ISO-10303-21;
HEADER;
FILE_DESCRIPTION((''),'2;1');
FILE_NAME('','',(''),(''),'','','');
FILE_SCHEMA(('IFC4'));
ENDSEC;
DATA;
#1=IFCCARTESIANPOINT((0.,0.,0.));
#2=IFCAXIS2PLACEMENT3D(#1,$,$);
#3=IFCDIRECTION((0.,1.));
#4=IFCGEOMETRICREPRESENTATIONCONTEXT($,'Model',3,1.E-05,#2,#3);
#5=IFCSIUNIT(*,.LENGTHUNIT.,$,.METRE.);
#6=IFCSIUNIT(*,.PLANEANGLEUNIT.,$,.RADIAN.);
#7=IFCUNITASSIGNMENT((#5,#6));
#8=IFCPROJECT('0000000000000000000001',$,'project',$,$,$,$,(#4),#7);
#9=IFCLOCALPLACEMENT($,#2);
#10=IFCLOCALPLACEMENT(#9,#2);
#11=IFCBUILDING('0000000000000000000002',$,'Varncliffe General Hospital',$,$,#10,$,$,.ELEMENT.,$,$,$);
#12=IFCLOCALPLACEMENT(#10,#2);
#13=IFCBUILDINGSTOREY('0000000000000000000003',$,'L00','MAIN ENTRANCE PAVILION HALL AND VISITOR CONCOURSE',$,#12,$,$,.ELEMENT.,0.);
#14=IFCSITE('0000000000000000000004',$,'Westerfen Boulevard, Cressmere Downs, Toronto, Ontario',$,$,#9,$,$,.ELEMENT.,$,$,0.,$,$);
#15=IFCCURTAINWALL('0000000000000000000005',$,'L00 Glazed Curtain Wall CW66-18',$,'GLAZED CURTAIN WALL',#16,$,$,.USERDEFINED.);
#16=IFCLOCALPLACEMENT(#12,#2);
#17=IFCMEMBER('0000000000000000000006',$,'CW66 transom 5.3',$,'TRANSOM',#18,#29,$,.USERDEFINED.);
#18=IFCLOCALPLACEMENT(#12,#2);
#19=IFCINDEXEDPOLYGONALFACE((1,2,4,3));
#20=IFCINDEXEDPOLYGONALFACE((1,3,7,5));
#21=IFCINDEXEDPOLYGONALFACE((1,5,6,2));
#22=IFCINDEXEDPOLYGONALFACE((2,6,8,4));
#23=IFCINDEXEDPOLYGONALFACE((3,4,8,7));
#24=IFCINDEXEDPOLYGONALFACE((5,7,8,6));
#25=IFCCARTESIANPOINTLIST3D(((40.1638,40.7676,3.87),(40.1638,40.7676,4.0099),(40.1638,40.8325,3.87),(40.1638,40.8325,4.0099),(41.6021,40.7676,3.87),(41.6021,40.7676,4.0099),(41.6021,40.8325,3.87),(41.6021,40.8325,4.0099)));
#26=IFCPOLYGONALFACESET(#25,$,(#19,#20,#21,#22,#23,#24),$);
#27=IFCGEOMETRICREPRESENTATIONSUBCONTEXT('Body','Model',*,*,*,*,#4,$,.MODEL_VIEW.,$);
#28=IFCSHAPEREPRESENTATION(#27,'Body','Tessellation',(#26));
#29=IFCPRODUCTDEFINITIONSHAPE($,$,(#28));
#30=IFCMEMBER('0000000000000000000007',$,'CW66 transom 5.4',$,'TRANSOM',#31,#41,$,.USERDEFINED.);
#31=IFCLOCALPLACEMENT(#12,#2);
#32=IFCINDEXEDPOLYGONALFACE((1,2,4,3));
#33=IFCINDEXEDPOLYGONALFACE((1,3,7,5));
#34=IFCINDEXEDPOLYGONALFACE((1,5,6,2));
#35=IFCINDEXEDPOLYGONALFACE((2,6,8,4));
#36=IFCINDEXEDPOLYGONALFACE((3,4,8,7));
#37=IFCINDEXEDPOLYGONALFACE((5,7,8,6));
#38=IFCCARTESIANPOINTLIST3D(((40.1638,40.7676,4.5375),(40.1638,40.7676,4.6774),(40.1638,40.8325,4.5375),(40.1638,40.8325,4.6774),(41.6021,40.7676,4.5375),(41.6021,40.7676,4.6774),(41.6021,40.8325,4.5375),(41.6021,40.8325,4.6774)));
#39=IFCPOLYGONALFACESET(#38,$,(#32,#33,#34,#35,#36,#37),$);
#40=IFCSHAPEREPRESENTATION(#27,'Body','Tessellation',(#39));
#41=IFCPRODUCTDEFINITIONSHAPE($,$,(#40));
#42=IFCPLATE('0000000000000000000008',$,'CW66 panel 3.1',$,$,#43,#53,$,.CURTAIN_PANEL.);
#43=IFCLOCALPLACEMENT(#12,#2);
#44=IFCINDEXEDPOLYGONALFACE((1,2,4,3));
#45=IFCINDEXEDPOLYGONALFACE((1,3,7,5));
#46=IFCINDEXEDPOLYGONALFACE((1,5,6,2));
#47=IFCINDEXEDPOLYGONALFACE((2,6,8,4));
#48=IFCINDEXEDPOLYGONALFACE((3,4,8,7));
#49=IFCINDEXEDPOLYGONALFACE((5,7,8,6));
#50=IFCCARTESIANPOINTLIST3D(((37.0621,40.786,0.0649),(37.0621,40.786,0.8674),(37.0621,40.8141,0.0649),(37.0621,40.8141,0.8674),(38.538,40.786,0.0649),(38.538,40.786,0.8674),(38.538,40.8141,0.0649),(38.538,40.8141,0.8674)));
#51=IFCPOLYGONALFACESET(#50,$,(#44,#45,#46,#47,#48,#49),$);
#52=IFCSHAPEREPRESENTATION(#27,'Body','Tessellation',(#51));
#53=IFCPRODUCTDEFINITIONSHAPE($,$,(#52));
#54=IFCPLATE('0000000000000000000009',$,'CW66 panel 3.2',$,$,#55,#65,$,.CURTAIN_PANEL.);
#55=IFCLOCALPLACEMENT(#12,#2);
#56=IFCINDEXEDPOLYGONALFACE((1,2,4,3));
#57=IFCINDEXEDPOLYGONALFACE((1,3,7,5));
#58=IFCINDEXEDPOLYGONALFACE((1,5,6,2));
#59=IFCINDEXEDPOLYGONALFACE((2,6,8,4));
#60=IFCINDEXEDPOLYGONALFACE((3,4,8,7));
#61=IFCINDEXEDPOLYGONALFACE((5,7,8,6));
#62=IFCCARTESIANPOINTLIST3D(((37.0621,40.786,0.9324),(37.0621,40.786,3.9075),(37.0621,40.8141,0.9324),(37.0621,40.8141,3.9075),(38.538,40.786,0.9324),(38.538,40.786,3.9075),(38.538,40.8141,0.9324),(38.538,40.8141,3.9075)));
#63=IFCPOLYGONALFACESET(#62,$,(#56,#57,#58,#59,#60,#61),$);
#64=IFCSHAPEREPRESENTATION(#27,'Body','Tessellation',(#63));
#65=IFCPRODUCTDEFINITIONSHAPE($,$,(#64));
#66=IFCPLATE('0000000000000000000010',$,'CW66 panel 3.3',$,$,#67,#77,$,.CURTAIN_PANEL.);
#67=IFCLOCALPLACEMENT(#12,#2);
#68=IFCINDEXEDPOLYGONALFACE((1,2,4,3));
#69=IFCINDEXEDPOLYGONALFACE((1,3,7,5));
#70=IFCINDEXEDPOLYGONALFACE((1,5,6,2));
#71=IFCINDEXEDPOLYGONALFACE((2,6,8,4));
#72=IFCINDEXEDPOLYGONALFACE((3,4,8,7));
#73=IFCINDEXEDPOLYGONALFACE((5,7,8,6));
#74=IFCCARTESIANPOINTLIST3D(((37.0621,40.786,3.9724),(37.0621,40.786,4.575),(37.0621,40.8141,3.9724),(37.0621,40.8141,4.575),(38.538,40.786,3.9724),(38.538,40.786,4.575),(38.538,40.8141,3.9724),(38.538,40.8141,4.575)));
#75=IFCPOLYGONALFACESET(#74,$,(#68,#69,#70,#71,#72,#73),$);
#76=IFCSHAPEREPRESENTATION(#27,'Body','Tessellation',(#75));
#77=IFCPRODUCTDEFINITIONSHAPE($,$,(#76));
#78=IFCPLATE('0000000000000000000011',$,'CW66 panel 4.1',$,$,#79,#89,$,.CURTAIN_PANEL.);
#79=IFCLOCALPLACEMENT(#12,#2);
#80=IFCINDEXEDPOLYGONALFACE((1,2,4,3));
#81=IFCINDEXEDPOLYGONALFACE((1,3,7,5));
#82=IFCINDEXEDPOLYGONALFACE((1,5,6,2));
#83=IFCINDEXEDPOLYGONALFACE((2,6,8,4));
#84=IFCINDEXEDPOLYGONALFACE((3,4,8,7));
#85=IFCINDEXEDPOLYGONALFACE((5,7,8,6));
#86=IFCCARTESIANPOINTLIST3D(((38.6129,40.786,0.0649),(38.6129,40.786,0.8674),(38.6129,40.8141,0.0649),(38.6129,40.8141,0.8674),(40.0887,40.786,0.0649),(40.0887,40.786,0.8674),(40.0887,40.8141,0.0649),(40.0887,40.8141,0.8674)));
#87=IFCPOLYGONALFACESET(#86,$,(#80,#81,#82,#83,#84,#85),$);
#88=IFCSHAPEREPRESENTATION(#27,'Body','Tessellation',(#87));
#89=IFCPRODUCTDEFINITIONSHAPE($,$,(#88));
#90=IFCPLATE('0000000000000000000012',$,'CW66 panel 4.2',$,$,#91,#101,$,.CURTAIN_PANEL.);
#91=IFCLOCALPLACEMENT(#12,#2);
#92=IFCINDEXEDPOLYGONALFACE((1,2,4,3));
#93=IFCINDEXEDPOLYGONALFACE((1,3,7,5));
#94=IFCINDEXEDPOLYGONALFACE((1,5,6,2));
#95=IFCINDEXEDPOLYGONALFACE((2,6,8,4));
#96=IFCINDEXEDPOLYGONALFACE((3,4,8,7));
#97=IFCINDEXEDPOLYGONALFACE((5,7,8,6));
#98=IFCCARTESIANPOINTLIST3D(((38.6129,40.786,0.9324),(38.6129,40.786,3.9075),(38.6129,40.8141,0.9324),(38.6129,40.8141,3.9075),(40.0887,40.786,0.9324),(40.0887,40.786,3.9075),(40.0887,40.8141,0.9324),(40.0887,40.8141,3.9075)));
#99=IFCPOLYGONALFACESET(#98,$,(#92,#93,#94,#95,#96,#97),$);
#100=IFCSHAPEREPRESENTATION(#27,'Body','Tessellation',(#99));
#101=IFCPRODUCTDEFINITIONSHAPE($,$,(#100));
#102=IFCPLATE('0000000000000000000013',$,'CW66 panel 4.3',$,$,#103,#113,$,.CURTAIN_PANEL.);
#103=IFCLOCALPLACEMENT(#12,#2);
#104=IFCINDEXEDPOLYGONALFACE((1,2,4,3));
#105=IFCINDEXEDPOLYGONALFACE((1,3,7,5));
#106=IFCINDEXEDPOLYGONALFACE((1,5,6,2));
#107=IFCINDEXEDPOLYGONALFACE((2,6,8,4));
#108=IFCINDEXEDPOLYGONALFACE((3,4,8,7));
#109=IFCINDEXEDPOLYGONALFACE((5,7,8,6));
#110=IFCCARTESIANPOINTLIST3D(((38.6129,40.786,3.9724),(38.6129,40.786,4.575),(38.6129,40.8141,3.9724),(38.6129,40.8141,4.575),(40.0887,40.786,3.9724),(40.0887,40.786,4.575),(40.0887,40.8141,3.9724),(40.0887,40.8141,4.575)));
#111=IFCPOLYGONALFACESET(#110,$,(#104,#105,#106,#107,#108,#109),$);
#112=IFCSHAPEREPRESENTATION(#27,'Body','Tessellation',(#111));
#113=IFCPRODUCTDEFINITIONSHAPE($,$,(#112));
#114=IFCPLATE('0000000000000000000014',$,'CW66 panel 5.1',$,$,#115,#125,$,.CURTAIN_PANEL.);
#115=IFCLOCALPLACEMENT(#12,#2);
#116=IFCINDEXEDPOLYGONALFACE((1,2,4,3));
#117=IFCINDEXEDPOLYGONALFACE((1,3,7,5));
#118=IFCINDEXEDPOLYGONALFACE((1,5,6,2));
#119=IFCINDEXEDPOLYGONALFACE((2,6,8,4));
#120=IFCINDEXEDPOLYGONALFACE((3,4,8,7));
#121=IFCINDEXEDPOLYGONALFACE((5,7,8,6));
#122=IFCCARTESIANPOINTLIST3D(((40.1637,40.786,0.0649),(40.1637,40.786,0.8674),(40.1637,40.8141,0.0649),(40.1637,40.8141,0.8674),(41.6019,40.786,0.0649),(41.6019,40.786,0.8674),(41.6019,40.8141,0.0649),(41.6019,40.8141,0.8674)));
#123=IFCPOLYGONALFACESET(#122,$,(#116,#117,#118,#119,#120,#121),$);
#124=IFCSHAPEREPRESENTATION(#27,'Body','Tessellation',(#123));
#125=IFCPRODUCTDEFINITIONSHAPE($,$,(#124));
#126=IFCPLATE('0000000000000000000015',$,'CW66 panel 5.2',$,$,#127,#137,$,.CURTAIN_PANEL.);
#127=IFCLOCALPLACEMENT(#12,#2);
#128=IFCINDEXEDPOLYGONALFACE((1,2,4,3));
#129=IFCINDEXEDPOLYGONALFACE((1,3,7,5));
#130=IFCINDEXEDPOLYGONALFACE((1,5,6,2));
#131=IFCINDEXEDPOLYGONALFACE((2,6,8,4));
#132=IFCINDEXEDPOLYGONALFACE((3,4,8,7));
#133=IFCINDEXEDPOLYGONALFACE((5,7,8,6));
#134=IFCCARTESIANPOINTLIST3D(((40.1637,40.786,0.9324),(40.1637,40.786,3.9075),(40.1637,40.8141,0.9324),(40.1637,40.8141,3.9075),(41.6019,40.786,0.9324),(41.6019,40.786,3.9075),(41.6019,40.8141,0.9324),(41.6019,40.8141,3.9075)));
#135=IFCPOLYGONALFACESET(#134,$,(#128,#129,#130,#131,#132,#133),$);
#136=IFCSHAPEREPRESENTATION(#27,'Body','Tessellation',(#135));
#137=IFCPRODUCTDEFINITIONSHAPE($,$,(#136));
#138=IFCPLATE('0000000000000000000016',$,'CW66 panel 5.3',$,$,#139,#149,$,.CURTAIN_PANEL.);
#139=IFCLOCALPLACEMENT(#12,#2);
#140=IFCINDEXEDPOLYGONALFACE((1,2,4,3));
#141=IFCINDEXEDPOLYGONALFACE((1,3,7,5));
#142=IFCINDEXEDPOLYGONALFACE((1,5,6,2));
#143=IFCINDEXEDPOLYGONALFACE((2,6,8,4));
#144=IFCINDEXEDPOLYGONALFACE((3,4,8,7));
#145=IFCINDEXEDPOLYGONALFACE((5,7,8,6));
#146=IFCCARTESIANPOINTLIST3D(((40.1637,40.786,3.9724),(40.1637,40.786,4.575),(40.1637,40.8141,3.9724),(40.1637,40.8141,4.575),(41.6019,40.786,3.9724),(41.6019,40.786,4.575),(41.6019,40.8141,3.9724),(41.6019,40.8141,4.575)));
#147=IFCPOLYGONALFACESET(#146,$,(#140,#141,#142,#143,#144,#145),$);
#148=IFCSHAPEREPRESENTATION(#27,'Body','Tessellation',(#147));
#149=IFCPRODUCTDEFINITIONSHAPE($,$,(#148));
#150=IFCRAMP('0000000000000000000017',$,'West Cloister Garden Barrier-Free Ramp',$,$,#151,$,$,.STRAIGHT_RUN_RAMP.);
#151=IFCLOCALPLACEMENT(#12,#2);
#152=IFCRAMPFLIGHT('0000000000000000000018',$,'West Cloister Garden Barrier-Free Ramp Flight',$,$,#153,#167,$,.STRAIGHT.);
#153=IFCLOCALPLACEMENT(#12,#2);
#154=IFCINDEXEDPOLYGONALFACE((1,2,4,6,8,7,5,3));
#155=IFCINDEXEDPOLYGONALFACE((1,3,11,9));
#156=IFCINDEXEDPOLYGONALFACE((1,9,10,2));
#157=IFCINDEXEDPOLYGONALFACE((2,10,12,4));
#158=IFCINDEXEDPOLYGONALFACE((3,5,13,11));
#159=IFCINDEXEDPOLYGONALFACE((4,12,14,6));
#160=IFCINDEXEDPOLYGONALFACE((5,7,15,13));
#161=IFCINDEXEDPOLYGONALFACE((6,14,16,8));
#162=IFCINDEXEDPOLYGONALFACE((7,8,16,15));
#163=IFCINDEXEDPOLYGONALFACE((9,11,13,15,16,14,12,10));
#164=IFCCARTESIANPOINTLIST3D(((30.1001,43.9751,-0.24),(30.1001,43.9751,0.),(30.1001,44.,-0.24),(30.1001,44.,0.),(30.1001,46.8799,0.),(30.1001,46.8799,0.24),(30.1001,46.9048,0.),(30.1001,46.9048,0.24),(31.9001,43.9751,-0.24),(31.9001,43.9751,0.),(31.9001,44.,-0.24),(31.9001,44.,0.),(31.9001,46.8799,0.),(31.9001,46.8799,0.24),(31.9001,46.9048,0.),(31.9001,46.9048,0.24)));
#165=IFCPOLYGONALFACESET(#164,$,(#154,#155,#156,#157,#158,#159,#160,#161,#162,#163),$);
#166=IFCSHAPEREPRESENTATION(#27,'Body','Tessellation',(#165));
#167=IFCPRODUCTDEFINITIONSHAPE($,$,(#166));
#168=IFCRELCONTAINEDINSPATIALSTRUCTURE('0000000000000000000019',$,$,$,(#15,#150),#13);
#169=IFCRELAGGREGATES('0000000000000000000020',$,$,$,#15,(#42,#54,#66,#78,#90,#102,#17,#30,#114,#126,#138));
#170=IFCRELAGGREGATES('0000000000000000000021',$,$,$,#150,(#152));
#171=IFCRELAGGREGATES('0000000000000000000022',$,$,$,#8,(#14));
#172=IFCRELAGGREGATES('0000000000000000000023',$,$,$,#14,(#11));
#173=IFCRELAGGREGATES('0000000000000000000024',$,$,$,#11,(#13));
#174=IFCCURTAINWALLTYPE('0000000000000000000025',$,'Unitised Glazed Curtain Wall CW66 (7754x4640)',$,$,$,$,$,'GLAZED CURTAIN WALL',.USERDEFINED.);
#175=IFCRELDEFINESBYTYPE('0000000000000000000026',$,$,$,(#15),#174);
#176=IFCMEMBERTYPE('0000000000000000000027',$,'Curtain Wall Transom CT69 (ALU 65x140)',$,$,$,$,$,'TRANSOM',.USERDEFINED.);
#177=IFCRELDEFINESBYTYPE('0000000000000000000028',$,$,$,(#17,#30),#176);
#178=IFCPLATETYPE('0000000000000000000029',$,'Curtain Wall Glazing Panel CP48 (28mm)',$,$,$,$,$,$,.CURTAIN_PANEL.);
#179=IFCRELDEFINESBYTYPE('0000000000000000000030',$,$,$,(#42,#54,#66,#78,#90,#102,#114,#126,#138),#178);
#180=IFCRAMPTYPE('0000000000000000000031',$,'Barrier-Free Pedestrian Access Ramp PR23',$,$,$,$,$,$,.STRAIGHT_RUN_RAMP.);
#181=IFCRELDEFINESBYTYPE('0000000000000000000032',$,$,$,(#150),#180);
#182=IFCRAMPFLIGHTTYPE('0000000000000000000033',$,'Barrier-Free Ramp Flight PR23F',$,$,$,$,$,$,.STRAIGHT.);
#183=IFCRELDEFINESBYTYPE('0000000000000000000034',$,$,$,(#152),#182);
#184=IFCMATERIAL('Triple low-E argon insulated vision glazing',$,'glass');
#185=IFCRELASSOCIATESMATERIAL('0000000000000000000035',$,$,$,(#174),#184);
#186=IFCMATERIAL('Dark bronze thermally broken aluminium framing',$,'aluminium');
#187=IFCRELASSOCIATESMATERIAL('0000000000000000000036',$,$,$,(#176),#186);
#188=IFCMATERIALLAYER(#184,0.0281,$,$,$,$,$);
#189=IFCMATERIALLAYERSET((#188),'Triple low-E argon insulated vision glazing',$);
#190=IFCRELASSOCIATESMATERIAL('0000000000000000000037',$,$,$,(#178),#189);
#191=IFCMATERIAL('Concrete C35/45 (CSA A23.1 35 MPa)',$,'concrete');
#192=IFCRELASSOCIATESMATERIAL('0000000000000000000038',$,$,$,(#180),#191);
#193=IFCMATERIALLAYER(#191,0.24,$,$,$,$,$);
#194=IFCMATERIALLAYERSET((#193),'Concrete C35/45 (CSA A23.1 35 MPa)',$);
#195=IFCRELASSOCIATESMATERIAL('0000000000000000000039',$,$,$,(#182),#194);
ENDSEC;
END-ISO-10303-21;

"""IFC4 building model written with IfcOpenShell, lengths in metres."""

from ifc_helpers import new_model, si_unit, direction, frame, origin, origin_2d, place, context, subcontext, project, spatial, polyline, rectangle, outline, extrude, material, layer, layer_set, material_profile, profile_set, type_object, element, aggregate, save


model = new_model("IFC4")

# Units and contexts
model_context = context("Model", 3, precision=1e-05, world=origin(), true_north=direction((0.0, 1.0)))
body_context = subcontext(model_context, "Body", "Model", "MODEL_VIEW")
ifc_project = project(units=[si_unit("LENGTHUNIT", "METRE"), si_unit("PLANEANGLEUNIT", "RADIAN")], contexts=[model_context])

# Site, building, storey
site_placement = place(None, origin())
site = spatial("IfcSite", under=ifc_project, at=site_placement, Name="Westerfen Boulevard, Cressmere Downs, Toronto, Ontario", CompositionType="ELEMENT", RefElevation=0.0)
building_placement = place(site_placement, origin())
building = spatial("IfcBuilding", under=site, at=building_placement, Name="Varncliffe General Hospital", CompositionType="ELEMENT")
storey_placement = place(building_placement, origin())
storey = spatial("IfcBuildingStorey", under=building, at=storey_placement, Name="L00", Description="MAIN ENTRANCE PAVILION HALL AND VISITOR CONCOURSE", CompositionType="ELEMENT", Elevation=0.0)

# Curtain wall, members, plates
ifc_material_1 = material(Name="Triple low-E argon insulated vision glazing", Category="glass")
curtain_wall_type = type_object("IfcCurtainWallType", Name="Unitised Glazed Curtain Wall CW66 (7754x4640)", ElementType="GLAZED CURTAIN WALL", PredefinedType="USERDEFINED", material=ifc_material_1)
curtain_wall_placement = place(storey_placement, origin())
curtain_wall = element("IfcCurtainWall", 1, at=curtain_wall_placement, inside=storey, type_object=curtain_wall_type, Name="L00 Glazed Curtain Wall CW66-18", ObjectType="GLAZED CURTAIN WALL", PredefinedType="USERDEFINED")
ifc_material_2 = material(Name="Dark bronze thermally broken aluminium framing", Category="aluminium")
ifc_material_profile_1 = material_profile(ifc_material_2, rectangle(XDim=0.0649, YDim=0.1399, at=origin_2d()), Name="ALU 65x140")
ifc_profile_set_1 = profile_set([ifc_material_profile_1], Name="Dark bronze thermally broken aluminium framing")
member_type_1 = type_object("IfcMemberType", Name="Curtain Wall Transom CT69 (ALU 65x140)", ElementType="TRANSOM", PredefinedType="USERDEFINED", material=ifc_profile_set_1)
member_1_placement = place(storey_placement, frame((40.1638, 40.8, 3.9399), z_axis=(1.0, 0.0, 0.0), x_axis=(0.0, 1.0, 0.0)))
member_1 = element("IfcMember", 2, at=member_1_placement, type_object=member_type_1, Name="CW66 transom 5.3", ObjectType="TRANSOM", PredefinedType="USERDEFINED", context=body_context, shape_type="SweptSolid", body=[
    extrude(rectangle(XDim=0.0649, YDim=0.1399, at=origin_2d()), origin(), (0.0, 0.0, 1.0), 1.4382),
])
member_2_placement = place(storey_placement, frame((40.1638, 40.8, 4.6074), z_axis=(1.0, 0.0, 0.0), x_axis=(0.0, 1.0, 0.0)))
member_2 = element("IfcMember", 3, at=member_2_placement, type_object=member_type_1, Name="CW66 transom 5.4", ObjectType="TRANSOM", PredefinedType="USERDEFINED", context=body_context, shape_type="SweptSolid", body=[
    extrude(rectangle(XDim=0.0649, YDim=0.1399, at=origin_2d()), origin(), (0.0, 0.0, 1.0), 1.4382),
])
ifc_layer_1 = layer(ifc_material_1, 0.0281)
ifc_layer_set_1 = layer_set([ifc_layer_1], Name="Triple low-E argon insulated vision glazing")
plate_type = type_object("IfcPlateType", Name="Curtain Wall Glazing Panel CP48 (28mm)", PredefinedType="CURTAIN_PANEL", material=ifc_layer_set_1)
plate_1_placement = place(storey_placement, frame((37.8, 40.8, 0.0649), z_axis=(0.0, 0.0, 1.0), x_axis=(1.0, 0.0, 0.0)))
plate_1 = element("IfcPlate", 4, at=plate_1_placement, type_object=plate_type, Name="CW66 panel 3.1", PredefinedType="CURTAIN_PANEL", context=body_context, shape_type="SweptSolid", body=[
    extrude(rectangle(XDim=1.4758, YDim=0.0281, at=origin_2d()), origin(), (0.0, 0.0, 1.0), 0.8025),
])
plate_2_placement = place(storey_placement, frame((37.8, 40.8, 0.9324), z_axis=(0.0, 0.0, 1.0), x_axis=(1.0, 0.0, 0.0)))
plate_2 = element("IfcPlate", 5, at=plate_2_placement, type_object=plate_type, Name="CW66 panel 3.2", PredefinedType="CURTAIN_PANEL", context=body_context, shape_type="SweptSolid", body=[
    extrude(rectangle(XDim=1.4758, YDim=0.0281, at=origin_2d()), origin(), (0.0, 0.0, 1.0), 2.9751),
])
plate_3_placement = place(storey_placement, frame((37.8, 40.8, 3.9724), z_axis=(0.0, 0.0, 1.0), x_axis=(1.0, 0.0, 0.0)))
plate_3 = element("IfcPlate", 6, at=plate_3_placement, type_object=plate_type, Name="CW66 panel 3.3", PredefinedType="CURTAIN_PANEL", context=body_context, shape_type="SweptSolid", body=[
    extrude(rectangle(XDim=1.4758, YDim=0.0281, at=origin_2d()), origin(), (0.0, 0.0, 1.0), 0.6025),
])
plate_4_placement = place(storey_placement, frame((39.3508, 40.8, 0.0649), z_axis=(0.0, 0.0, 1.0), x_axis=(1.0, 0.0, 0.0)))
plate_4 = element("IfcPlate", 7, at=plate_4_placement, type_object=plate_type, Name="CW66 panel 4.1", PredefinedType="CURTAIN_PANEL", context=body_context, shape_type="SweptSolid", body=[
    extrude(rectangle(XDim=1.4758, YDim=0.0281, at=origin_2d()), origin(), (0.0, 0.0, 1.0), 0.8025),
])
plate_5_placement = place(storey_placement, frame((39.3508, 40.8, 0.9324), z_axis=(0.0, 0.0, 1.0), x_axis=(1.0, 0.0, 0.0)))
plate_5 = element("IfcPlate", 8, at=plate_5_placement, type_object=plate_type, Name="CW66 panel 4.2", PredefinedType="CURTAIN_PANEL", context=body_context, shape_type="SweptSolid", body=[
    extrude(rectangle(XDim=1.4758, YDim=0.0281, at=origin_2d()), origin(), (0.0, 0.0, 1.0), 2.9751),
])
plate_6_placement = place(storey_placement, frame((39.3508, 40.8, 3.9724), z_axis=(0.0, 0.0, 1.0), x_axis=(1.0, 0.0, 0.0)))
plate_6 = element("IfcPlate", 9, at=plate_6_placement, type_object=plate_type, Name="CW66 panel 4.3", PredefinedType="CURTAIN_PANEL", context=body_context, shape_type="SweptSolid", body=[
    extrude(rectangle(XDim=1.4758, YDim=0.0281, at=origin_2d()), origin(), (0.0, 0.0, 1.0), 0.6025),
])
plate_7_placement = place(storey_placement, frame((40.8828, 40.8, 0.0649), z_axis=(0.0, 0.0, 1.0), x_axis=(1.0, 0.0, 0.0)))
plate_7 = element("IfcPlate", 10, at=plate_7_placement, type_object=plate_type, Name="CW66 panel 5.1", PredefinedType="CURTAIN_PANEL", context=body_context, shape_type="SweptSolid", body=[
    extrude(rectangle(XDim=1.4382, YDim=0.0281, at=origin_2d()), origin(), (0.0, 0.0, 1.0), 0.8025),
])
plate_8_placement = place(storey_placement, frame((40.8828, 40.8, 0.9324), z_axis=(0.0, 0.0, 1.0), x_axis=(1.0, 0.0, 0.0)))
plate_8 = element("IfcPlate", 11, at=plate_8_placement, type_object=plate_type, Name="CW66 panel 5.2", PredefinedType="CURTAIN_PANEL", context=body_context, shape_type="SweptSolid", body=[
    extrude(rectangle(XDim=1.4382, YDim=0.0281, at=origin_2d()), origin(), (0.0, 0.0, 1.0), 2.9751),
])
plate_9_placement = place(storey_placement, frame((40.8828, 40.8, 3.9724), z_axis=(0.0, 0.0, 1.0), x_axis=(1.0, 0.0, 0.0)))
plate_9 = element("IfcPlate", 12, at=plate_9_placement, type_object=plate_type, Name="CW66 panel 5.3", PredefinedType="CURTAIN_PANEL", context=body_context, shape_type="SweptSolid", body=[
    extrude(rectangle(XDim=1.4382, YDim=0.0281, at=origin_2d()), origin(), (0.0, 0.0, 1.0), 0.6025),
])
aggregate(curtain_wall, [plate_1, plate_2, plate_3, plate_4, plate_5, plate_6, member_1, member_2, plate_7, plate_8, plate_9])

# Ramp, ramp flight
ifc_material_3 = material(Name="Concrete C35/45 (CSA A23.1 35 MPa)", Category="concrete")
ramp_type = type_object("IfcRampType", Name="Barrier-Free Pedestrian Access Ramp PR23", PredefinedType="STRAIGHT_RUN_RAMP", material=ifc_material_3)
ramp_placement = place(storey_placement, origin())
ramp = element("IfcRamp", 13, at=ramp_placement, inside=storey, type_object=ramp_type, Name="West Cloister Garden Barrier-Free Ramp", PredefinedType="STRAIGHT_RUN_RAMP")
ifc_layer_2 = layer(ifc_material_3, 0.24)
ifc_layer_set_2 = layer_set([ifc_layer_2], Name="Concrete C35/45 (CSA A23.1 35 MPa)")
ramp_flight_type = type_object("IfcRampFlightType", Name="Barrier-Free Ramp Flight PR23F", PredefinedType="STRAIGHT", material=ifc_layer_set_2)
ramp_flight_placement = place(storey_placement, frame((31.0, 44.0, 0.0), z_axis=(0.0, 0.0, 1.0), x_axis=(0.0, 1.0, 0.0)))
ramp_flight = element("IfcRampFlight", 14, at=ramp_flight_placement, type_object=ramp_flight_type, Name="West Cloister Garden Barrier-Free Ramp Flight", PredefinedType="STRAIGHT", context=body_context, shape_type="SweptSolid", body=[
    extrude(outline(polyline([(-0.0249, -0.24), (0.0, -0.24), (2.8799, 0.0), (2.9048, 0.0), (2.9048, 0.24), (2.8799, 0.24), (0.0, 0.0), (-0.0249, 0.0), (-0.0249, -0.24)])), frame((0.0, 0.8999, 0.0), z_axis=(0.0, -1.0, 0.0), x_axis=(1.0, 0.0, 0.0)), (0.0, 0.0, 1.0), 1.8),
])
aggregate(ramp, [ramp_flight])

save(model, "model.ifc")
